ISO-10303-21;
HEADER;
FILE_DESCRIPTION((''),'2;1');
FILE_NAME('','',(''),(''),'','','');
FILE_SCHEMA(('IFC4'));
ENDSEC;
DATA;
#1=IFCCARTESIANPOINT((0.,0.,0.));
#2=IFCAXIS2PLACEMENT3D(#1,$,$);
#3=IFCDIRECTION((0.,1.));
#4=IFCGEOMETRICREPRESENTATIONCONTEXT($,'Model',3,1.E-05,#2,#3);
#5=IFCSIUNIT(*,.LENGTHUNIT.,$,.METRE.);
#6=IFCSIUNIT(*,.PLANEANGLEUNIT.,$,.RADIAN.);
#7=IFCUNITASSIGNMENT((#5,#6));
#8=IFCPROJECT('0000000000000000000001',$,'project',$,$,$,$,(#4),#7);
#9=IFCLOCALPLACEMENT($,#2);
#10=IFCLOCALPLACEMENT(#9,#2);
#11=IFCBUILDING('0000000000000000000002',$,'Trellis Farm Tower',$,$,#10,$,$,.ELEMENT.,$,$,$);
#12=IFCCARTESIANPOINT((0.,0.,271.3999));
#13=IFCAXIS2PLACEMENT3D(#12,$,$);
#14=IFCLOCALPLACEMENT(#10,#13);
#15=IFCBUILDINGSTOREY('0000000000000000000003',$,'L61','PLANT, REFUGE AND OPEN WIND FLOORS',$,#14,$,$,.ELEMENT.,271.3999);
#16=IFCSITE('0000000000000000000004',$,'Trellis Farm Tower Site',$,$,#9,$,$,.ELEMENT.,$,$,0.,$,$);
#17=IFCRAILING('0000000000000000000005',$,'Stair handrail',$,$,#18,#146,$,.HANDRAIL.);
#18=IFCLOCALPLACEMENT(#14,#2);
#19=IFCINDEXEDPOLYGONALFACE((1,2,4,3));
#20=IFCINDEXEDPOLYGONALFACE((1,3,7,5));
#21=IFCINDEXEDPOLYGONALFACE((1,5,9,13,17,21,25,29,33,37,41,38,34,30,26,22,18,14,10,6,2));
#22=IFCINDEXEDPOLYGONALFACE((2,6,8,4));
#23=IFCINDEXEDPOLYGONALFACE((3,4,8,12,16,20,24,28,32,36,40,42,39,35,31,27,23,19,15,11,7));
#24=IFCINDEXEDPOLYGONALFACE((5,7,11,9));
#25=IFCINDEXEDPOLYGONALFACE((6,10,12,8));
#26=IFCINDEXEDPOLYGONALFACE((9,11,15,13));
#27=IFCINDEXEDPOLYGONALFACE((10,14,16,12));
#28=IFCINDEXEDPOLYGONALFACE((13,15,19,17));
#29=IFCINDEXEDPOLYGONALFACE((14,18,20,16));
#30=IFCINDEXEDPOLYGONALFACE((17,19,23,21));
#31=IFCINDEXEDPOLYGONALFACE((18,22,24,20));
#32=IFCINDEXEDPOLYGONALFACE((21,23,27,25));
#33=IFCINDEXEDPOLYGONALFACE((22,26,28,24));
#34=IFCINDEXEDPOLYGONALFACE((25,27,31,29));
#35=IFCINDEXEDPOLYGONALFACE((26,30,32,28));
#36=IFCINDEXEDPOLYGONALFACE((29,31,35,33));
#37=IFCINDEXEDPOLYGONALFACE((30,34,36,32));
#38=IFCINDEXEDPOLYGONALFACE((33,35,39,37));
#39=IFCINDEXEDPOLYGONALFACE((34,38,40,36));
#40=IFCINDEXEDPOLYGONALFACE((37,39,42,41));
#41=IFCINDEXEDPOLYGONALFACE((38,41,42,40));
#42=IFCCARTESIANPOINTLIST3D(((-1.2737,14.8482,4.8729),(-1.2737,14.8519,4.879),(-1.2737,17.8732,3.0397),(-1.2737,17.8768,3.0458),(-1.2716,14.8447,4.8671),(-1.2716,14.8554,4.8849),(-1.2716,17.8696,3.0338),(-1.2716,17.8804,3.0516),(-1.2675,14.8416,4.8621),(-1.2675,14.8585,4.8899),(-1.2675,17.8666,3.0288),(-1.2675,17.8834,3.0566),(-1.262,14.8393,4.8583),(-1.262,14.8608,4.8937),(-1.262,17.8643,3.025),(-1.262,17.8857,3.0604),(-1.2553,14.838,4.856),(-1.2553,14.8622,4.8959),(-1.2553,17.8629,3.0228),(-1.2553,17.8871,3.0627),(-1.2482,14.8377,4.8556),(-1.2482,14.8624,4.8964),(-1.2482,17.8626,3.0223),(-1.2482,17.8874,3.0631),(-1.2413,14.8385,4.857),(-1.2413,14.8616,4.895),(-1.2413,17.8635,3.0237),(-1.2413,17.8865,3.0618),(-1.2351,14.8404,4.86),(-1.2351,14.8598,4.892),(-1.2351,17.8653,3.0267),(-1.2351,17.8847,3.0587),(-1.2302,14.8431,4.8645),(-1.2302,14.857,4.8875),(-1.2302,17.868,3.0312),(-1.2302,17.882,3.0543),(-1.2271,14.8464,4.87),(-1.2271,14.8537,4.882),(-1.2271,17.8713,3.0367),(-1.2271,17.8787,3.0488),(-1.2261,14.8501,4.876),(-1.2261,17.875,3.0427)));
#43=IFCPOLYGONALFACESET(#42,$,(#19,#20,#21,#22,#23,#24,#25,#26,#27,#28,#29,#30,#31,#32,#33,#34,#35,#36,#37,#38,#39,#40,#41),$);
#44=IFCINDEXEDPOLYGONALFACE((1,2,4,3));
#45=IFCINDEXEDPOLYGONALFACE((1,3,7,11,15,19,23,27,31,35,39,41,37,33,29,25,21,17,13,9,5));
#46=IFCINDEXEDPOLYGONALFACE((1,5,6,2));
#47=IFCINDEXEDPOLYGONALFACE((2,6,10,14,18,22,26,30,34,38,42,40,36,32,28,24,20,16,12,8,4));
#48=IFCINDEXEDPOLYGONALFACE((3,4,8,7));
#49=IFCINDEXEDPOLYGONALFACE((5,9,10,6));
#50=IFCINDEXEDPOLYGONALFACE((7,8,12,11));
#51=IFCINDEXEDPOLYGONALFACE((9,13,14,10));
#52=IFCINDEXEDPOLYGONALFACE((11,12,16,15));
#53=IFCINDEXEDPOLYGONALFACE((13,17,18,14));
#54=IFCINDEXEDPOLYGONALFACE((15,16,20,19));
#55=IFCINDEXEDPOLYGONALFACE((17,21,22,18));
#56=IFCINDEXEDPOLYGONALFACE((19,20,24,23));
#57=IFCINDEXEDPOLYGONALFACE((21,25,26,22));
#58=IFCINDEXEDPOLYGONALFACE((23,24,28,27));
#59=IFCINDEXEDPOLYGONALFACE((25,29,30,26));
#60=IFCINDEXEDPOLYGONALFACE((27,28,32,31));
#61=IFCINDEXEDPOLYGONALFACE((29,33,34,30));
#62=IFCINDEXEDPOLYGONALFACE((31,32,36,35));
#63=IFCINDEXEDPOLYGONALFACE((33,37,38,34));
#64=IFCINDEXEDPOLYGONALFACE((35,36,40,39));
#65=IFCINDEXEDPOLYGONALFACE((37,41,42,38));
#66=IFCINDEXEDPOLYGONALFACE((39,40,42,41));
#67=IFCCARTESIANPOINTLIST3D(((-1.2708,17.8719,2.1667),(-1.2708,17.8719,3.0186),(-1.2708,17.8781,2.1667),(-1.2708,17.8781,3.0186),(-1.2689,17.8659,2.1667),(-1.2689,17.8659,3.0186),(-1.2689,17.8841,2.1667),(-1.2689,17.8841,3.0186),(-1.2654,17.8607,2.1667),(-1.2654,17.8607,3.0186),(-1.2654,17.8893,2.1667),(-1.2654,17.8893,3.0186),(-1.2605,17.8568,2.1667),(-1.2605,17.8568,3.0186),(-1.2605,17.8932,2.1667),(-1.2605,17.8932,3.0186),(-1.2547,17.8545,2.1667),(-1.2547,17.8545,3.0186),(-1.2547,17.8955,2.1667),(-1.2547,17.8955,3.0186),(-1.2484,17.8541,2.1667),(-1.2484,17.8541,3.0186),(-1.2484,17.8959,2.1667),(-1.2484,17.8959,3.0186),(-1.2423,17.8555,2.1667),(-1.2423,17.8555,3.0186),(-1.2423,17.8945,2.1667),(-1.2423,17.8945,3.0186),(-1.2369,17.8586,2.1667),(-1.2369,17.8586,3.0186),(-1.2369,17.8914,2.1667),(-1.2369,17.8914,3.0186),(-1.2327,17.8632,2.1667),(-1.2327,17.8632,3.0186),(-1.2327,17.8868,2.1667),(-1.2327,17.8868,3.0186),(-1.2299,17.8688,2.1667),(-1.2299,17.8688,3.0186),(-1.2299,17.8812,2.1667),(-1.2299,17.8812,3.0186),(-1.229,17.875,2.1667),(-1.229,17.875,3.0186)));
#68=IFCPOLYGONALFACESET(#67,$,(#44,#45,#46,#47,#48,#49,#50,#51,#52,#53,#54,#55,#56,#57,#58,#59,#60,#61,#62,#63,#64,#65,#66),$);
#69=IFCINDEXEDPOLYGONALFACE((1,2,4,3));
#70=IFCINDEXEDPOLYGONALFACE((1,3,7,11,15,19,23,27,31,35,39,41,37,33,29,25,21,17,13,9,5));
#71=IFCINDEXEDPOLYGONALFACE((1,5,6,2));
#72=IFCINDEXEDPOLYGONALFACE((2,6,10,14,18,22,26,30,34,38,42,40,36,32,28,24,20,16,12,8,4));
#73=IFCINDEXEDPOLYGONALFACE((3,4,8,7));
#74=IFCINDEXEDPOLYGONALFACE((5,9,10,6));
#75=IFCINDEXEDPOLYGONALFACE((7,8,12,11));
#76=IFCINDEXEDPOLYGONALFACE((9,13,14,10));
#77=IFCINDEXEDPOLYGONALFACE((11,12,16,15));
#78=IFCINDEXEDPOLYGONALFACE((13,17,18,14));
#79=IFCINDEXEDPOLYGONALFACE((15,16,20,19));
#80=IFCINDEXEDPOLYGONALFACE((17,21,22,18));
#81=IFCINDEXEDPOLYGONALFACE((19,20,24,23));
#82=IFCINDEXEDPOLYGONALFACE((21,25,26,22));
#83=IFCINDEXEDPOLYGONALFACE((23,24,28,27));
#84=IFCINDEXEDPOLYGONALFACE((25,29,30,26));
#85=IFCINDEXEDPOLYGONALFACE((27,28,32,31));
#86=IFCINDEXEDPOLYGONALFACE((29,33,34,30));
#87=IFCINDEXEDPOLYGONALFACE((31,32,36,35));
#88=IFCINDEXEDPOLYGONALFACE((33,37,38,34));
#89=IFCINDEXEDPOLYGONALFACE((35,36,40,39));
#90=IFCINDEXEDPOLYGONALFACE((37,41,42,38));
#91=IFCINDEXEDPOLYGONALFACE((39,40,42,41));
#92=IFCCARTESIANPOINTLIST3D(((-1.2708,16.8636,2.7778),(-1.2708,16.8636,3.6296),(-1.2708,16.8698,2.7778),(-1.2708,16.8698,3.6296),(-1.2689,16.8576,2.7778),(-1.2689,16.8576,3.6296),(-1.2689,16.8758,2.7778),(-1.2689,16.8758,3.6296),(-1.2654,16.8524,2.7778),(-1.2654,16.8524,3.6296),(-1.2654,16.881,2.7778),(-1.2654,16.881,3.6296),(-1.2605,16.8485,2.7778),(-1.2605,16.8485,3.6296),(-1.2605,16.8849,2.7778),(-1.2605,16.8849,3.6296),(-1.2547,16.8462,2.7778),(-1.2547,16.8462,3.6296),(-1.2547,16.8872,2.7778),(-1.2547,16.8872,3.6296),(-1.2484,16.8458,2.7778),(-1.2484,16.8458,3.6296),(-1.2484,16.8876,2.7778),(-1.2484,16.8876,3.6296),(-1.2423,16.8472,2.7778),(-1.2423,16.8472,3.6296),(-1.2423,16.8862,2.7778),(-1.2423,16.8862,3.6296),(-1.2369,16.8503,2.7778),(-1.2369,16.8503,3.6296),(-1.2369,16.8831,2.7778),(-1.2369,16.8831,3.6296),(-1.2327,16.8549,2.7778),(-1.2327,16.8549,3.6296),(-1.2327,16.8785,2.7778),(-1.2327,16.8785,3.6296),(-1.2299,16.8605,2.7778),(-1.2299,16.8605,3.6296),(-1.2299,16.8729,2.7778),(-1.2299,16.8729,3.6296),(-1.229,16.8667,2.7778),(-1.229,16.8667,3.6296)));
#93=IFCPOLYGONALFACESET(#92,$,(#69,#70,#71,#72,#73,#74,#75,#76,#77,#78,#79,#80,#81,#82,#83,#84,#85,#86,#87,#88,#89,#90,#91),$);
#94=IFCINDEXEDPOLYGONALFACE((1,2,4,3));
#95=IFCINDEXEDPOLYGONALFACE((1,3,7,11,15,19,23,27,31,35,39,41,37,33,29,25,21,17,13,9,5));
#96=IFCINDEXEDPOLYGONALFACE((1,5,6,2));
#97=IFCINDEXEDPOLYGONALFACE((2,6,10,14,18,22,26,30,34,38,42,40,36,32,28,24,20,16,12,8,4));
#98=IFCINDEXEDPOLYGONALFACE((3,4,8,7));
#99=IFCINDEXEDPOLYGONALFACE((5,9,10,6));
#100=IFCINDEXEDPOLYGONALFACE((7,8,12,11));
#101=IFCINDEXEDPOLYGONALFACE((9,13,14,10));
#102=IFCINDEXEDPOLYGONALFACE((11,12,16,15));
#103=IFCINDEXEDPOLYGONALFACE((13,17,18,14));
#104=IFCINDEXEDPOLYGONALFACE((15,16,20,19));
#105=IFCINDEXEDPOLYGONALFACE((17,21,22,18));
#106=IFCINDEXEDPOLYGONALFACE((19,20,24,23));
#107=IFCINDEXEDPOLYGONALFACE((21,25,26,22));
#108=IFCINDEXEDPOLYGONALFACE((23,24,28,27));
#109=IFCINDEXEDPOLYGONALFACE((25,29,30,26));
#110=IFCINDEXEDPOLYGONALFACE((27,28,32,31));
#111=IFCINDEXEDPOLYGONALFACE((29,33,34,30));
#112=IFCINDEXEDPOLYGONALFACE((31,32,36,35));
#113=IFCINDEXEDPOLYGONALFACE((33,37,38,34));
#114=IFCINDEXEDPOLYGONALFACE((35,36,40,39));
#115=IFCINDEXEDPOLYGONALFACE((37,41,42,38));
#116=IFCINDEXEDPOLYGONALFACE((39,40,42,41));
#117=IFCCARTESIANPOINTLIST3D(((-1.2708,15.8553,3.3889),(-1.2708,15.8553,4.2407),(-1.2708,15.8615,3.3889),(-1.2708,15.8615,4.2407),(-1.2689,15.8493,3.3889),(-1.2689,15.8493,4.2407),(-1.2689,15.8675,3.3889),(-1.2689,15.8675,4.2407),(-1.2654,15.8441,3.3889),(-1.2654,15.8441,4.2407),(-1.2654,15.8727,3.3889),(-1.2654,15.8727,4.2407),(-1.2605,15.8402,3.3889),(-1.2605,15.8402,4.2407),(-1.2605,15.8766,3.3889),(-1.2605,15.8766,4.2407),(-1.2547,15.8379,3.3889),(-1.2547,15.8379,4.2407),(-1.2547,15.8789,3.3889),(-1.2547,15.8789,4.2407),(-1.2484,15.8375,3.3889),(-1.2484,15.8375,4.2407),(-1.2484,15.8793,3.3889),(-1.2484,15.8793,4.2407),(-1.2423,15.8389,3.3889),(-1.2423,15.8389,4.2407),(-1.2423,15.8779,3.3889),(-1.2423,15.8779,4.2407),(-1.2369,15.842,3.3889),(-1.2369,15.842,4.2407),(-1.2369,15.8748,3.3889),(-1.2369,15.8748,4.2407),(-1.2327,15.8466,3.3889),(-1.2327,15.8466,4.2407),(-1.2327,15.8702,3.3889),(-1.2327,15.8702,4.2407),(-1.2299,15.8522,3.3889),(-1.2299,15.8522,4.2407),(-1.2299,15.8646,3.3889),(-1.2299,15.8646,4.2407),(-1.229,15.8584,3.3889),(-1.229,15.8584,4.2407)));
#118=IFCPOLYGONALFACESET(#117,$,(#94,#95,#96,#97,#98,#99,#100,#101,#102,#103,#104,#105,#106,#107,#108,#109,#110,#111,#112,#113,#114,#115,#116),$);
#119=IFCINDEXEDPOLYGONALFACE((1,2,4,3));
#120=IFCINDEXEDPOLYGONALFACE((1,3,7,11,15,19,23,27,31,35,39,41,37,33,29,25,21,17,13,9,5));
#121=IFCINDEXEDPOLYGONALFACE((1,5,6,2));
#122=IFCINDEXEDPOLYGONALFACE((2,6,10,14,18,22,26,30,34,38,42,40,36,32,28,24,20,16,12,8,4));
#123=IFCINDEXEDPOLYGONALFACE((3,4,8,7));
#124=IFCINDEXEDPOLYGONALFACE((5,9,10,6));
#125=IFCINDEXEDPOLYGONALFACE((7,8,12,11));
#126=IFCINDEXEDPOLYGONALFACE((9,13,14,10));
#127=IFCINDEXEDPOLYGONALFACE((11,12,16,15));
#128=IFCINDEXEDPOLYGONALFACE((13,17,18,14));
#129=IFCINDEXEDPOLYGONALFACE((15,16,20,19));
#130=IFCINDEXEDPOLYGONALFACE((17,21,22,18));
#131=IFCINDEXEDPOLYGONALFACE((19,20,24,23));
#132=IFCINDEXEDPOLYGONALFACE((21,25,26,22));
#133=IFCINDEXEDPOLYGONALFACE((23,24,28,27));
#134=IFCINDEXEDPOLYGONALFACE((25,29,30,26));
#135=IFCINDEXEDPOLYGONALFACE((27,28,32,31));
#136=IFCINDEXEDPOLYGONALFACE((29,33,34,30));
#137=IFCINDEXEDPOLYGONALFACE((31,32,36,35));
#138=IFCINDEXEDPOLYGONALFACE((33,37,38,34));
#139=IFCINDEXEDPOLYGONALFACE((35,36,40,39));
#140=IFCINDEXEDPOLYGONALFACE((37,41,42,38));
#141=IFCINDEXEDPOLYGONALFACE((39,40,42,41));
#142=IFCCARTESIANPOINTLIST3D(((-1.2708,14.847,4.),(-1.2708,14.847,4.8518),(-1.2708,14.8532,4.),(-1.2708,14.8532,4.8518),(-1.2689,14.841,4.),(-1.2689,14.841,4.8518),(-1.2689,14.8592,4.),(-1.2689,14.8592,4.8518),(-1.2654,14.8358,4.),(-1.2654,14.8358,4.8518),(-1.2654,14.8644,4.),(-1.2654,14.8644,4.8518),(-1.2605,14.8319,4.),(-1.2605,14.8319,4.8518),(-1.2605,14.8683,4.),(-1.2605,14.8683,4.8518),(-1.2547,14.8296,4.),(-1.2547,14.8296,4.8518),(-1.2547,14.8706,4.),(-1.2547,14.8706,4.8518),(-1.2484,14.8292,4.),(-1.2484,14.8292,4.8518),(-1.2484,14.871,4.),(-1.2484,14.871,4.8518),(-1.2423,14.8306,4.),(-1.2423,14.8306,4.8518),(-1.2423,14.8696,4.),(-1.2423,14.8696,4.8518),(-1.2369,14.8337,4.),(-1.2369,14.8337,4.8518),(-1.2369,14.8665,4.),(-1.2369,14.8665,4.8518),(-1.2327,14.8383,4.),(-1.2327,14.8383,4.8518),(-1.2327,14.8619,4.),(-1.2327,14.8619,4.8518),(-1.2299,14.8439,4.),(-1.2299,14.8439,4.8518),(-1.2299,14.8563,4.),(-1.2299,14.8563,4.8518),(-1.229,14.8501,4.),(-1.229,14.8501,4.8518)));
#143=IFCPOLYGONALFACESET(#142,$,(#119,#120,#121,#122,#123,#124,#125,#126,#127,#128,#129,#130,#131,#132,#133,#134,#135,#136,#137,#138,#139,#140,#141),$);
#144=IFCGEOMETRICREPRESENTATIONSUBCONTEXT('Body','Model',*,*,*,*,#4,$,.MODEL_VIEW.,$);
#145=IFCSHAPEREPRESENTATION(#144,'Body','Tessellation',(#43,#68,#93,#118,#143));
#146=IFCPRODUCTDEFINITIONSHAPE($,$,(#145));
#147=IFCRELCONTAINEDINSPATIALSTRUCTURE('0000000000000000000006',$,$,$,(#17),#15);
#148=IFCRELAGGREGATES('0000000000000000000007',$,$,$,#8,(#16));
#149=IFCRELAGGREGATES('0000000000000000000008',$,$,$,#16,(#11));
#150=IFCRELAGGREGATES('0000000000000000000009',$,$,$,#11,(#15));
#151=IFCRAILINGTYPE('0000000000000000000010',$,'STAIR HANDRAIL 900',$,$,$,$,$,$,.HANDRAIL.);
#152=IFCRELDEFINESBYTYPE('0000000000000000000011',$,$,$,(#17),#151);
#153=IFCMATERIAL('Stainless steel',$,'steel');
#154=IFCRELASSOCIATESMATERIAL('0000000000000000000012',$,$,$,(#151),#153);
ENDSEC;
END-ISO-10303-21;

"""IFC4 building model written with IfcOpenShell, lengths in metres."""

from ifc_helpers import new_model, si_unit, direction, frame, origin, origin_2d, place, context, subcontext, project, spatial, circle, extrude, source, transform, mapped, material, type_object, element, save


model = new_model("IFC4")

# Units and contexts
model_context = context("Model", 3, precision=1e-05, world=origin(), true_north=direction((0.0, 1.0)))
body_context = subcontext(model_context, "Body", "Model", "MODEL_VIEW")
ifc_project = project(units=[si_unit("LENGTHUNIT", "METRE"), si_unit("PLANEANGLEUNIT", "RADIAN")], contexts=[model_context])

# Site, building, storey
site_placement = place(None, origin())
site = spatial("IfcSite", under=ifc_project, at=site_placement, Name="Trellis Farm Tower Site", CompositionType="ELEMENT", RefElevation=0.0)
building_placement = place(site_placement, origin())
building = spatial("IfcBuilding", under=site, at=building_placement, Name="Trellis Farm Tower", CompositionType="ELEMENT")
storey_placement = place(building_placement, frame((0.0, 0.0, 271.3999)))
storey = spatial("IfcBuildingStorey", under=building, at=storey_placement, Name="L61", Description="PLANT, REFUGE AND OPEN WIND FLOORS", CompositionType="ELEMENT", Elevation=271.3999)

# Railing
ifc_material_1 = material(Name="Stainless steel", Category="steel")
railing_type_1 = type_object("IfcRailingType", Name="STAIR HANDRAIL 900", PredefinedType="HANDRAIL", material=ifc_material_1)
shared_shape_1 = source(origin(), body_context, "Body", "SweptSolid", [
    extrude(circle(Radius=0.0239, at=origin_2d()), frame((0.0, 0.0, 0.876), z_axis=(0.0, -0.855201, 0.518297), x_axis=(1.0, 0.0, 0.0)), (0.0, 0.0, 1.0), 3.5371),
    extrude(circle(Radius=0.021, at=origin_2d()), origin(), (0.0, 0.0, 1.0), 0.8518),
    extrude(circle(Radius=0.021, at=origin_2d()), frame((0.0, -1.0083, 0.6111)), (0.0, 0.0, 1.0), 0.8518),
    extrude(circle(Radius=0.021, at=origin_2d()), frame((0.0, -2.0166, 1.2222)), (0.0, 0.0, 1.0), 0.8518),
    extrude(circle(Radius=0.021, at=origin_2d()), frame((0.0, -3.0249, 1.8333)), (0.0, 0.0, 1.0), 0.8518),
])
for number, where, name in (
    (1, (-1.25, 17.875, 2.1667), "Stair handrail"),
):
    element("IfcRailing", number, at=place(storey_placement, frame(where)), inside=storey, type_object=railing_type_1, Name=name, PredefinedType="HANDRAIL", context=body_context, shape_type="MappedRepresentation", body=[
        mapped(shared_shape_1, transform((0.0, 0.0, 0.0))),
    ])

save(model, "model.ifc")
